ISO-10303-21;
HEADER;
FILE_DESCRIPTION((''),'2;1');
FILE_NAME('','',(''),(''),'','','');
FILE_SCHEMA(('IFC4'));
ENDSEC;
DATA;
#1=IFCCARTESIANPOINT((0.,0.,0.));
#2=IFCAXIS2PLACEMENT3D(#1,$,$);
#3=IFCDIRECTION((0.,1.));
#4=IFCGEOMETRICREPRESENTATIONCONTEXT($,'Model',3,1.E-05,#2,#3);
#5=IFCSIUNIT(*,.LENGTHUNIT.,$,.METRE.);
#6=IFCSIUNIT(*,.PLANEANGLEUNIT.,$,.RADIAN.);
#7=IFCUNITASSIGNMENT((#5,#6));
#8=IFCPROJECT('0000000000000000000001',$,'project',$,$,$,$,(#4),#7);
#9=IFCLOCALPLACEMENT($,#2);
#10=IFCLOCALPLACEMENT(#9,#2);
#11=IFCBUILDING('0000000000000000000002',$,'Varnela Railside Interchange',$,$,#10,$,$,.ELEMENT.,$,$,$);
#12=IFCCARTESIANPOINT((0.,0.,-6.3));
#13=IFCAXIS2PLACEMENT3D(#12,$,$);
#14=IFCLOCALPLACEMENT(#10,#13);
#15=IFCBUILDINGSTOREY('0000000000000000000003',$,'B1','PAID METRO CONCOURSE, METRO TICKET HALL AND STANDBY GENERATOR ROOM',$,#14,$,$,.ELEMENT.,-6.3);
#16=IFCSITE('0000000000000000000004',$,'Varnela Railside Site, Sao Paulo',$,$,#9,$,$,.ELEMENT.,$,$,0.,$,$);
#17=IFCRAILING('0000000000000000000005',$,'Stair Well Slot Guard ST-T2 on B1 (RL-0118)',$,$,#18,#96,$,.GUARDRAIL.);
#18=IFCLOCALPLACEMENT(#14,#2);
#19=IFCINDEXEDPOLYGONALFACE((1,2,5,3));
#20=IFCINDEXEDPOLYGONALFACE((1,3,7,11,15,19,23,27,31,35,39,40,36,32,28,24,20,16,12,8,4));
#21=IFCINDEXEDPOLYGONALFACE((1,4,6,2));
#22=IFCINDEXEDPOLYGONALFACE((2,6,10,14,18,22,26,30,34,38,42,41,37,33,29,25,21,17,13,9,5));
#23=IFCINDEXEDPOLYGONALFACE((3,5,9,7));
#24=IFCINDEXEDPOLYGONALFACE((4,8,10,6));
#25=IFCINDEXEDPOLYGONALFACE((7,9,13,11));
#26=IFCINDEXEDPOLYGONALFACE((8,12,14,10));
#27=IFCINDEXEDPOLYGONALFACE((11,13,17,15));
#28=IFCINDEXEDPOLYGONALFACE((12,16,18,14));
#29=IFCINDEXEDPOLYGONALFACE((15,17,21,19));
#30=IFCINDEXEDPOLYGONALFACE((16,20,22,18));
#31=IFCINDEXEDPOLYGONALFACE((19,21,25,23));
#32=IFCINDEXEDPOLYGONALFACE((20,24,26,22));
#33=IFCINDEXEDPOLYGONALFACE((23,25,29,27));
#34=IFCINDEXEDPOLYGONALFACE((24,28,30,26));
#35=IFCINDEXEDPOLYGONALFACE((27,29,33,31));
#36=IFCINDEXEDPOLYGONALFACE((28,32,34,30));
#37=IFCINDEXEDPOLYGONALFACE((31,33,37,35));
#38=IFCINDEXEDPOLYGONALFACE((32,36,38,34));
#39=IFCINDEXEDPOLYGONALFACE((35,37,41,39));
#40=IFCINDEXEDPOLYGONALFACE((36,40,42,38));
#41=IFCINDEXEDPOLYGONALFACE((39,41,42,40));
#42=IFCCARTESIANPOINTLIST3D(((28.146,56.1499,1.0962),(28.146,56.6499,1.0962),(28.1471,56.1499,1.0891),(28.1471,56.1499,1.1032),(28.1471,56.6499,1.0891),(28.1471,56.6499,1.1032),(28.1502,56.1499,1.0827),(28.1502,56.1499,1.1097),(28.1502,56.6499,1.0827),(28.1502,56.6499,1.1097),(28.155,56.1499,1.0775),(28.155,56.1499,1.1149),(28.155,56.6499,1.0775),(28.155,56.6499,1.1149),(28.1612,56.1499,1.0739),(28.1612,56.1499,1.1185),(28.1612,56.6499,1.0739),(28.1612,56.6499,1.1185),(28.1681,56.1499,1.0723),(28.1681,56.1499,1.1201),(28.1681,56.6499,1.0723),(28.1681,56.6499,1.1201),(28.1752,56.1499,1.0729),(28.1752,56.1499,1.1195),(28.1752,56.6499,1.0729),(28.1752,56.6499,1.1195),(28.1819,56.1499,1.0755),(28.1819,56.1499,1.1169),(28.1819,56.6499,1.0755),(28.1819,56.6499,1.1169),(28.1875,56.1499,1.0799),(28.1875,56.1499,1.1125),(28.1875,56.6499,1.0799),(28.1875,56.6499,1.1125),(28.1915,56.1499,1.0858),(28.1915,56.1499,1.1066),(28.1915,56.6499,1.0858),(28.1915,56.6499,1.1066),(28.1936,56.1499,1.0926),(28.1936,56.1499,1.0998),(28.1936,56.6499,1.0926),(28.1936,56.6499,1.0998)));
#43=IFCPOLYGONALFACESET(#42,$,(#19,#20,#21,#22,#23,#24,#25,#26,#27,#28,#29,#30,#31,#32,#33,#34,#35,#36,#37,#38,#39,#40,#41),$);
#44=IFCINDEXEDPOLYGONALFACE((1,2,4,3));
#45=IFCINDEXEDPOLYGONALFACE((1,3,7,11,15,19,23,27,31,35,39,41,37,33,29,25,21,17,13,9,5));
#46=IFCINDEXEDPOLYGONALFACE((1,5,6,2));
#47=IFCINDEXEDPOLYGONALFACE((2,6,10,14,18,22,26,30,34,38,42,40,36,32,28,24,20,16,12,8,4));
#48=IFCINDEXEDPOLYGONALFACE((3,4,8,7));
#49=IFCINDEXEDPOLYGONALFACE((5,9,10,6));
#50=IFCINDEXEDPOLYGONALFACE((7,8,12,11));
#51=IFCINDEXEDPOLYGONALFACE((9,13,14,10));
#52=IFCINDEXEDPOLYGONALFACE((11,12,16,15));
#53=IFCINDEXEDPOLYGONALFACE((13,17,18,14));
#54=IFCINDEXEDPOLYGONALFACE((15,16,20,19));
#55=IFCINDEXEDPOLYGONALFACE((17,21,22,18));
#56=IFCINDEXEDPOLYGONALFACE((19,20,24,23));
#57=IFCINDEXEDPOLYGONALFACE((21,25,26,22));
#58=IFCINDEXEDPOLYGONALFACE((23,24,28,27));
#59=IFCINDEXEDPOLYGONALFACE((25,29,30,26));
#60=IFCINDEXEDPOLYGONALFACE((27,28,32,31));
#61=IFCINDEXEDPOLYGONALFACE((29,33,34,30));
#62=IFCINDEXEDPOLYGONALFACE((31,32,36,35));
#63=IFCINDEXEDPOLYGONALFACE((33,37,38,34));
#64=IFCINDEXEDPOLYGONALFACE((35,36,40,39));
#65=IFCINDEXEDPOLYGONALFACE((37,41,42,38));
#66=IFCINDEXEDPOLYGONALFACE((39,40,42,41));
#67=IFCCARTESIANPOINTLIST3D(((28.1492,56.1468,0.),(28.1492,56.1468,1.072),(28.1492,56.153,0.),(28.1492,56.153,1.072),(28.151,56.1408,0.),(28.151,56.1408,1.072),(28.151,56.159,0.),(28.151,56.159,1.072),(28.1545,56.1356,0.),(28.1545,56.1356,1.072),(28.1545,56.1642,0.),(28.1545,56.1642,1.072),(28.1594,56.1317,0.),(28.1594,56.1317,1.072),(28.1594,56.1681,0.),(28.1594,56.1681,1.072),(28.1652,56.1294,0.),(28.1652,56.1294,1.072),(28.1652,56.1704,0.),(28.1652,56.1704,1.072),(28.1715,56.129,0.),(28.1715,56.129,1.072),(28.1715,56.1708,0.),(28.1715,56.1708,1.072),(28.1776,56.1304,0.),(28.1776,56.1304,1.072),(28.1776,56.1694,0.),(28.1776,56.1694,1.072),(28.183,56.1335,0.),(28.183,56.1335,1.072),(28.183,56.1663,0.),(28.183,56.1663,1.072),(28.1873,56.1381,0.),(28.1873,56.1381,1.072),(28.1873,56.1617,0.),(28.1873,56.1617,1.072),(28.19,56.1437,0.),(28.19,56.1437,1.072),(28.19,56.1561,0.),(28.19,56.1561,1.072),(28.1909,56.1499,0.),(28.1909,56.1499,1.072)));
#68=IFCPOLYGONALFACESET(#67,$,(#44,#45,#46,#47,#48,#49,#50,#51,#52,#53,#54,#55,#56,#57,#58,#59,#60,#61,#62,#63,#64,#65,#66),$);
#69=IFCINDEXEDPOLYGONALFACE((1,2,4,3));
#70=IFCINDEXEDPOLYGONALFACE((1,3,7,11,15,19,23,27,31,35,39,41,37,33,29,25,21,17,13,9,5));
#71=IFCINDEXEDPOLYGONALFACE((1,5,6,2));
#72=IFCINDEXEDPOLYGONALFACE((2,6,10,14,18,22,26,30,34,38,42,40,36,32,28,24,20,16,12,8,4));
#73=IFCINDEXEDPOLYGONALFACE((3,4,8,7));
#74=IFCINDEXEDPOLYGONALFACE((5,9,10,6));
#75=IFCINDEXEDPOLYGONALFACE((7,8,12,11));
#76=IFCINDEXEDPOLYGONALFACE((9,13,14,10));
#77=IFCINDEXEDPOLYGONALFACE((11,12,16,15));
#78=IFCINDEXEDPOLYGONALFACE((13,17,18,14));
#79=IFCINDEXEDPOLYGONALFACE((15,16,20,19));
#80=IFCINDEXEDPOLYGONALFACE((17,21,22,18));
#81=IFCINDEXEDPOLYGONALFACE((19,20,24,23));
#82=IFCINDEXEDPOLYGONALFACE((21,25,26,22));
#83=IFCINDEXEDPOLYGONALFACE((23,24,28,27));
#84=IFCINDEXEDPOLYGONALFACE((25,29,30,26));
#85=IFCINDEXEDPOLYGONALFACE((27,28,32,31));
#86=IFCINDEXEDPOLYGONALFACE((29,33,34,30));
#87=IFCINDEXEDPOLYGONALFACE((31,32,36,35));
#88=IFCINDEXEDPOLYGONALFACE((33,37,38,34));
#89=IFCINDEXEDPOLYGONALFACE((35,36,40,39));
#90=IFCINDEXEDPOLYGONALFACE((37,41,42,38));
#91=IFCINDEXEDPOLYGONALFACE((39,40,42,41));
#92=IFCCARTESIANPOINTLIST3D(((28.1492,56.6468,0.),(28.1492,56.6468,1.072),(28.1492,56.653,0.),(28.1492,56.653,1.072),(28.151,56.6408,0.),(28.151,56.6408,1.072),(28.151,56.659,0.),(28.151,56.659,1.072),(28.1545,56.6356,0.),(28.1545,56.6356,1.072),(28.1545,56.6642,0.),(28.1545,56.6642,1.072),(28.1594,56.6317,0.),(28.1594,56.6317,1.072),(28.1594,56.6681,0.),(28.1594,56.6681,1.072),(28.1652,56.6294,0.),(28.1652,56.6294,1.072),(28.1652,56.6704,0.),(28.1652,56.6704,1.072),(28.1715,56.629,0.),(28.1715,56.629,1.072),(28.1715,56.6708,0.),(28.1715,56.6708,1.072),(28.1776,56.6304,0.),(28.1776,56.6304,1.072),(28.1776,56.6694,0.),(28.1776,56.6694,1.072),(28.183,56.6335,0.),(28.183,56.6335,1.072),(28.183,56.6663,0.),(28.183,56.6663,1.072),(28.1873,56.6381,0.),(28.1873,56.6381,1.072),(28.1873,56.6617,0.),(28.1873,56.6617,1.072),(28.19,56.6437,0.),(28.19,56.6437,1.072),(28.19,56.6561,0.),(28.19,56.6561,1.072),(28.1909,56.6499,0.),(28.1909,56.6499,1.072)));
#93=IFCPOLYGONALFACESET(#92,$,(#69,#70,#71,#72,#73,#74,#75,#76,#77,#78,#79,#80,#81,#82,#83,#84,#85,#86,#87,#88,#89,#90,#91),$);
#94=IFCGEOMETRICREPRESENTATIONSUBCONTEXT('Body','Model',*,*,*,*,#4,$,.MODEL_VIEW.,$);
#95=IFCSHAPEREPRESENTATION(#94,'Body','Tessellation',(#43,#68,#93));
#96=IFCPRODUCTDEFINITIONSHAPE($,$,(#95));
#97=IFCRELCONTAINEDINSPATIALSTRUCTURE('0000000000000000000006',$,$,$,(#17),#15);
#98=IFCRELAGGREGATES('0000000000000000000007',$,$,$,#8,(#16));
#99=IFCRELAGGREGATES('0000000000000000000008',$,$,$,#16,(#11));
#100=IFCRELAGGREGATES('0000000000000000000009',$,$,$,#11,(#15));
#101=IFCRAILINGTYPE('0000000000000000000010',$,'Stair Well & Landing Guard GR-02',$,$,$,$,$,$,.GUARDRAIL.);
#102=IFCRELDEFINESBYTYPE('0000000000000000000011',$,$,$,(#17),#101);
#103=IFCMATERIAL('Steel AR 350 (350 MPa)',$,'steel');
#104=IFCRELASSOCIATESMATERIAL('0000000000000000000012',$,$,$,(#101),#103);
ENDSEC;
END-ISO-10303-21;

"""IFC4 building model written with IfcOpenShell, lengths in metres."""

from ifc_helpers import new_model, si_unit, direction, frame, origin, origin_2d, place, context, subcontext, project, spatial, circle, extrude, material, type_object, element, save


model = new_model("IFC4")

# Units and contexts
model_context = context("Model", 3, precision=1e-05, world=origin(), true_north=direction((0.0, 1.0)))
body_context = subcontext(model_context, "Body", "Model", "MODEL_VIEW")
ifc_project = project(units=[si_unit("LENGTHUNIT", "METRE"), si_unit("PLANEANGLEUNIT", "RADIAN")], contexts=[model_context])

# Site, building, storey
site_placement = place(None, origin())
site = spatial("IfcSite", under=ifc_project, at=site_placement, Name="Varnela Railside Site, Sao Paulo", CompositionType="ELEMENT", RefElevation=0.0)
building_placement = place(site_placement, origin())
building = spatial("IfcBuilding", under=site, at=building_placement, Name="Varnela Railside Interchange", CompositionType="ELEMENT")
storey_placement = place(building_placement, frame((0.0, 0.0, -6.3)))
storey = spatial("IfcBuildingStorey", under=building, at=storey_placement, Name="B1", Description="PAID METRO CONCOURSE, METRO TICKET HALL AND STANDBY GENERATOR ROOM", CompositionType="ELEMENT", Elevation=-6.3)

# Shared definitions
ifc_material_1 = material(Name="Steel AR 350 (350 MPa)", Category="steel")

# Railing
railing_type_1 = type_object("IfcRailingType", Name="Stair Well & Landing Guard GR-02", PredefinedType="GUARDRAIL", material=ifc_material_1)
railing_1_placement = place(storey_placement, frame((28.1699, 56.1499, 0.0)))
element("IfcRailing", 1, at=railing_1_placement, inside=storey, type_object=railing_type_1, Name="Stair Well Slot Guard ST-T2 on B1 (RL-0118)", PredefinedType="GUARDRAIL", context=body_context, shape_type="SweptSolid", body=[
    extrude(circle(Radius=0.0239, at=origin_2d()), frame((0.0, 0.0, 1.0962), z_axis=(0.0, 1.0, 0.0), x_axis=(-1.0, 0.0, 0.0)), (0.0, 0.0, 1.0), 0.5),
    extrude(circle(Radius=0.021, at=origin_2d()), origin(), (0.0, 0.0, 1.0), 1.072),
    extrude(circle(Radius=0.021, at=origin_2d()), frame((0.0, 0.5, 0.0)), (0.0, 0.0, 1.0), 1.072),
])

save(model, "model.ifc")
